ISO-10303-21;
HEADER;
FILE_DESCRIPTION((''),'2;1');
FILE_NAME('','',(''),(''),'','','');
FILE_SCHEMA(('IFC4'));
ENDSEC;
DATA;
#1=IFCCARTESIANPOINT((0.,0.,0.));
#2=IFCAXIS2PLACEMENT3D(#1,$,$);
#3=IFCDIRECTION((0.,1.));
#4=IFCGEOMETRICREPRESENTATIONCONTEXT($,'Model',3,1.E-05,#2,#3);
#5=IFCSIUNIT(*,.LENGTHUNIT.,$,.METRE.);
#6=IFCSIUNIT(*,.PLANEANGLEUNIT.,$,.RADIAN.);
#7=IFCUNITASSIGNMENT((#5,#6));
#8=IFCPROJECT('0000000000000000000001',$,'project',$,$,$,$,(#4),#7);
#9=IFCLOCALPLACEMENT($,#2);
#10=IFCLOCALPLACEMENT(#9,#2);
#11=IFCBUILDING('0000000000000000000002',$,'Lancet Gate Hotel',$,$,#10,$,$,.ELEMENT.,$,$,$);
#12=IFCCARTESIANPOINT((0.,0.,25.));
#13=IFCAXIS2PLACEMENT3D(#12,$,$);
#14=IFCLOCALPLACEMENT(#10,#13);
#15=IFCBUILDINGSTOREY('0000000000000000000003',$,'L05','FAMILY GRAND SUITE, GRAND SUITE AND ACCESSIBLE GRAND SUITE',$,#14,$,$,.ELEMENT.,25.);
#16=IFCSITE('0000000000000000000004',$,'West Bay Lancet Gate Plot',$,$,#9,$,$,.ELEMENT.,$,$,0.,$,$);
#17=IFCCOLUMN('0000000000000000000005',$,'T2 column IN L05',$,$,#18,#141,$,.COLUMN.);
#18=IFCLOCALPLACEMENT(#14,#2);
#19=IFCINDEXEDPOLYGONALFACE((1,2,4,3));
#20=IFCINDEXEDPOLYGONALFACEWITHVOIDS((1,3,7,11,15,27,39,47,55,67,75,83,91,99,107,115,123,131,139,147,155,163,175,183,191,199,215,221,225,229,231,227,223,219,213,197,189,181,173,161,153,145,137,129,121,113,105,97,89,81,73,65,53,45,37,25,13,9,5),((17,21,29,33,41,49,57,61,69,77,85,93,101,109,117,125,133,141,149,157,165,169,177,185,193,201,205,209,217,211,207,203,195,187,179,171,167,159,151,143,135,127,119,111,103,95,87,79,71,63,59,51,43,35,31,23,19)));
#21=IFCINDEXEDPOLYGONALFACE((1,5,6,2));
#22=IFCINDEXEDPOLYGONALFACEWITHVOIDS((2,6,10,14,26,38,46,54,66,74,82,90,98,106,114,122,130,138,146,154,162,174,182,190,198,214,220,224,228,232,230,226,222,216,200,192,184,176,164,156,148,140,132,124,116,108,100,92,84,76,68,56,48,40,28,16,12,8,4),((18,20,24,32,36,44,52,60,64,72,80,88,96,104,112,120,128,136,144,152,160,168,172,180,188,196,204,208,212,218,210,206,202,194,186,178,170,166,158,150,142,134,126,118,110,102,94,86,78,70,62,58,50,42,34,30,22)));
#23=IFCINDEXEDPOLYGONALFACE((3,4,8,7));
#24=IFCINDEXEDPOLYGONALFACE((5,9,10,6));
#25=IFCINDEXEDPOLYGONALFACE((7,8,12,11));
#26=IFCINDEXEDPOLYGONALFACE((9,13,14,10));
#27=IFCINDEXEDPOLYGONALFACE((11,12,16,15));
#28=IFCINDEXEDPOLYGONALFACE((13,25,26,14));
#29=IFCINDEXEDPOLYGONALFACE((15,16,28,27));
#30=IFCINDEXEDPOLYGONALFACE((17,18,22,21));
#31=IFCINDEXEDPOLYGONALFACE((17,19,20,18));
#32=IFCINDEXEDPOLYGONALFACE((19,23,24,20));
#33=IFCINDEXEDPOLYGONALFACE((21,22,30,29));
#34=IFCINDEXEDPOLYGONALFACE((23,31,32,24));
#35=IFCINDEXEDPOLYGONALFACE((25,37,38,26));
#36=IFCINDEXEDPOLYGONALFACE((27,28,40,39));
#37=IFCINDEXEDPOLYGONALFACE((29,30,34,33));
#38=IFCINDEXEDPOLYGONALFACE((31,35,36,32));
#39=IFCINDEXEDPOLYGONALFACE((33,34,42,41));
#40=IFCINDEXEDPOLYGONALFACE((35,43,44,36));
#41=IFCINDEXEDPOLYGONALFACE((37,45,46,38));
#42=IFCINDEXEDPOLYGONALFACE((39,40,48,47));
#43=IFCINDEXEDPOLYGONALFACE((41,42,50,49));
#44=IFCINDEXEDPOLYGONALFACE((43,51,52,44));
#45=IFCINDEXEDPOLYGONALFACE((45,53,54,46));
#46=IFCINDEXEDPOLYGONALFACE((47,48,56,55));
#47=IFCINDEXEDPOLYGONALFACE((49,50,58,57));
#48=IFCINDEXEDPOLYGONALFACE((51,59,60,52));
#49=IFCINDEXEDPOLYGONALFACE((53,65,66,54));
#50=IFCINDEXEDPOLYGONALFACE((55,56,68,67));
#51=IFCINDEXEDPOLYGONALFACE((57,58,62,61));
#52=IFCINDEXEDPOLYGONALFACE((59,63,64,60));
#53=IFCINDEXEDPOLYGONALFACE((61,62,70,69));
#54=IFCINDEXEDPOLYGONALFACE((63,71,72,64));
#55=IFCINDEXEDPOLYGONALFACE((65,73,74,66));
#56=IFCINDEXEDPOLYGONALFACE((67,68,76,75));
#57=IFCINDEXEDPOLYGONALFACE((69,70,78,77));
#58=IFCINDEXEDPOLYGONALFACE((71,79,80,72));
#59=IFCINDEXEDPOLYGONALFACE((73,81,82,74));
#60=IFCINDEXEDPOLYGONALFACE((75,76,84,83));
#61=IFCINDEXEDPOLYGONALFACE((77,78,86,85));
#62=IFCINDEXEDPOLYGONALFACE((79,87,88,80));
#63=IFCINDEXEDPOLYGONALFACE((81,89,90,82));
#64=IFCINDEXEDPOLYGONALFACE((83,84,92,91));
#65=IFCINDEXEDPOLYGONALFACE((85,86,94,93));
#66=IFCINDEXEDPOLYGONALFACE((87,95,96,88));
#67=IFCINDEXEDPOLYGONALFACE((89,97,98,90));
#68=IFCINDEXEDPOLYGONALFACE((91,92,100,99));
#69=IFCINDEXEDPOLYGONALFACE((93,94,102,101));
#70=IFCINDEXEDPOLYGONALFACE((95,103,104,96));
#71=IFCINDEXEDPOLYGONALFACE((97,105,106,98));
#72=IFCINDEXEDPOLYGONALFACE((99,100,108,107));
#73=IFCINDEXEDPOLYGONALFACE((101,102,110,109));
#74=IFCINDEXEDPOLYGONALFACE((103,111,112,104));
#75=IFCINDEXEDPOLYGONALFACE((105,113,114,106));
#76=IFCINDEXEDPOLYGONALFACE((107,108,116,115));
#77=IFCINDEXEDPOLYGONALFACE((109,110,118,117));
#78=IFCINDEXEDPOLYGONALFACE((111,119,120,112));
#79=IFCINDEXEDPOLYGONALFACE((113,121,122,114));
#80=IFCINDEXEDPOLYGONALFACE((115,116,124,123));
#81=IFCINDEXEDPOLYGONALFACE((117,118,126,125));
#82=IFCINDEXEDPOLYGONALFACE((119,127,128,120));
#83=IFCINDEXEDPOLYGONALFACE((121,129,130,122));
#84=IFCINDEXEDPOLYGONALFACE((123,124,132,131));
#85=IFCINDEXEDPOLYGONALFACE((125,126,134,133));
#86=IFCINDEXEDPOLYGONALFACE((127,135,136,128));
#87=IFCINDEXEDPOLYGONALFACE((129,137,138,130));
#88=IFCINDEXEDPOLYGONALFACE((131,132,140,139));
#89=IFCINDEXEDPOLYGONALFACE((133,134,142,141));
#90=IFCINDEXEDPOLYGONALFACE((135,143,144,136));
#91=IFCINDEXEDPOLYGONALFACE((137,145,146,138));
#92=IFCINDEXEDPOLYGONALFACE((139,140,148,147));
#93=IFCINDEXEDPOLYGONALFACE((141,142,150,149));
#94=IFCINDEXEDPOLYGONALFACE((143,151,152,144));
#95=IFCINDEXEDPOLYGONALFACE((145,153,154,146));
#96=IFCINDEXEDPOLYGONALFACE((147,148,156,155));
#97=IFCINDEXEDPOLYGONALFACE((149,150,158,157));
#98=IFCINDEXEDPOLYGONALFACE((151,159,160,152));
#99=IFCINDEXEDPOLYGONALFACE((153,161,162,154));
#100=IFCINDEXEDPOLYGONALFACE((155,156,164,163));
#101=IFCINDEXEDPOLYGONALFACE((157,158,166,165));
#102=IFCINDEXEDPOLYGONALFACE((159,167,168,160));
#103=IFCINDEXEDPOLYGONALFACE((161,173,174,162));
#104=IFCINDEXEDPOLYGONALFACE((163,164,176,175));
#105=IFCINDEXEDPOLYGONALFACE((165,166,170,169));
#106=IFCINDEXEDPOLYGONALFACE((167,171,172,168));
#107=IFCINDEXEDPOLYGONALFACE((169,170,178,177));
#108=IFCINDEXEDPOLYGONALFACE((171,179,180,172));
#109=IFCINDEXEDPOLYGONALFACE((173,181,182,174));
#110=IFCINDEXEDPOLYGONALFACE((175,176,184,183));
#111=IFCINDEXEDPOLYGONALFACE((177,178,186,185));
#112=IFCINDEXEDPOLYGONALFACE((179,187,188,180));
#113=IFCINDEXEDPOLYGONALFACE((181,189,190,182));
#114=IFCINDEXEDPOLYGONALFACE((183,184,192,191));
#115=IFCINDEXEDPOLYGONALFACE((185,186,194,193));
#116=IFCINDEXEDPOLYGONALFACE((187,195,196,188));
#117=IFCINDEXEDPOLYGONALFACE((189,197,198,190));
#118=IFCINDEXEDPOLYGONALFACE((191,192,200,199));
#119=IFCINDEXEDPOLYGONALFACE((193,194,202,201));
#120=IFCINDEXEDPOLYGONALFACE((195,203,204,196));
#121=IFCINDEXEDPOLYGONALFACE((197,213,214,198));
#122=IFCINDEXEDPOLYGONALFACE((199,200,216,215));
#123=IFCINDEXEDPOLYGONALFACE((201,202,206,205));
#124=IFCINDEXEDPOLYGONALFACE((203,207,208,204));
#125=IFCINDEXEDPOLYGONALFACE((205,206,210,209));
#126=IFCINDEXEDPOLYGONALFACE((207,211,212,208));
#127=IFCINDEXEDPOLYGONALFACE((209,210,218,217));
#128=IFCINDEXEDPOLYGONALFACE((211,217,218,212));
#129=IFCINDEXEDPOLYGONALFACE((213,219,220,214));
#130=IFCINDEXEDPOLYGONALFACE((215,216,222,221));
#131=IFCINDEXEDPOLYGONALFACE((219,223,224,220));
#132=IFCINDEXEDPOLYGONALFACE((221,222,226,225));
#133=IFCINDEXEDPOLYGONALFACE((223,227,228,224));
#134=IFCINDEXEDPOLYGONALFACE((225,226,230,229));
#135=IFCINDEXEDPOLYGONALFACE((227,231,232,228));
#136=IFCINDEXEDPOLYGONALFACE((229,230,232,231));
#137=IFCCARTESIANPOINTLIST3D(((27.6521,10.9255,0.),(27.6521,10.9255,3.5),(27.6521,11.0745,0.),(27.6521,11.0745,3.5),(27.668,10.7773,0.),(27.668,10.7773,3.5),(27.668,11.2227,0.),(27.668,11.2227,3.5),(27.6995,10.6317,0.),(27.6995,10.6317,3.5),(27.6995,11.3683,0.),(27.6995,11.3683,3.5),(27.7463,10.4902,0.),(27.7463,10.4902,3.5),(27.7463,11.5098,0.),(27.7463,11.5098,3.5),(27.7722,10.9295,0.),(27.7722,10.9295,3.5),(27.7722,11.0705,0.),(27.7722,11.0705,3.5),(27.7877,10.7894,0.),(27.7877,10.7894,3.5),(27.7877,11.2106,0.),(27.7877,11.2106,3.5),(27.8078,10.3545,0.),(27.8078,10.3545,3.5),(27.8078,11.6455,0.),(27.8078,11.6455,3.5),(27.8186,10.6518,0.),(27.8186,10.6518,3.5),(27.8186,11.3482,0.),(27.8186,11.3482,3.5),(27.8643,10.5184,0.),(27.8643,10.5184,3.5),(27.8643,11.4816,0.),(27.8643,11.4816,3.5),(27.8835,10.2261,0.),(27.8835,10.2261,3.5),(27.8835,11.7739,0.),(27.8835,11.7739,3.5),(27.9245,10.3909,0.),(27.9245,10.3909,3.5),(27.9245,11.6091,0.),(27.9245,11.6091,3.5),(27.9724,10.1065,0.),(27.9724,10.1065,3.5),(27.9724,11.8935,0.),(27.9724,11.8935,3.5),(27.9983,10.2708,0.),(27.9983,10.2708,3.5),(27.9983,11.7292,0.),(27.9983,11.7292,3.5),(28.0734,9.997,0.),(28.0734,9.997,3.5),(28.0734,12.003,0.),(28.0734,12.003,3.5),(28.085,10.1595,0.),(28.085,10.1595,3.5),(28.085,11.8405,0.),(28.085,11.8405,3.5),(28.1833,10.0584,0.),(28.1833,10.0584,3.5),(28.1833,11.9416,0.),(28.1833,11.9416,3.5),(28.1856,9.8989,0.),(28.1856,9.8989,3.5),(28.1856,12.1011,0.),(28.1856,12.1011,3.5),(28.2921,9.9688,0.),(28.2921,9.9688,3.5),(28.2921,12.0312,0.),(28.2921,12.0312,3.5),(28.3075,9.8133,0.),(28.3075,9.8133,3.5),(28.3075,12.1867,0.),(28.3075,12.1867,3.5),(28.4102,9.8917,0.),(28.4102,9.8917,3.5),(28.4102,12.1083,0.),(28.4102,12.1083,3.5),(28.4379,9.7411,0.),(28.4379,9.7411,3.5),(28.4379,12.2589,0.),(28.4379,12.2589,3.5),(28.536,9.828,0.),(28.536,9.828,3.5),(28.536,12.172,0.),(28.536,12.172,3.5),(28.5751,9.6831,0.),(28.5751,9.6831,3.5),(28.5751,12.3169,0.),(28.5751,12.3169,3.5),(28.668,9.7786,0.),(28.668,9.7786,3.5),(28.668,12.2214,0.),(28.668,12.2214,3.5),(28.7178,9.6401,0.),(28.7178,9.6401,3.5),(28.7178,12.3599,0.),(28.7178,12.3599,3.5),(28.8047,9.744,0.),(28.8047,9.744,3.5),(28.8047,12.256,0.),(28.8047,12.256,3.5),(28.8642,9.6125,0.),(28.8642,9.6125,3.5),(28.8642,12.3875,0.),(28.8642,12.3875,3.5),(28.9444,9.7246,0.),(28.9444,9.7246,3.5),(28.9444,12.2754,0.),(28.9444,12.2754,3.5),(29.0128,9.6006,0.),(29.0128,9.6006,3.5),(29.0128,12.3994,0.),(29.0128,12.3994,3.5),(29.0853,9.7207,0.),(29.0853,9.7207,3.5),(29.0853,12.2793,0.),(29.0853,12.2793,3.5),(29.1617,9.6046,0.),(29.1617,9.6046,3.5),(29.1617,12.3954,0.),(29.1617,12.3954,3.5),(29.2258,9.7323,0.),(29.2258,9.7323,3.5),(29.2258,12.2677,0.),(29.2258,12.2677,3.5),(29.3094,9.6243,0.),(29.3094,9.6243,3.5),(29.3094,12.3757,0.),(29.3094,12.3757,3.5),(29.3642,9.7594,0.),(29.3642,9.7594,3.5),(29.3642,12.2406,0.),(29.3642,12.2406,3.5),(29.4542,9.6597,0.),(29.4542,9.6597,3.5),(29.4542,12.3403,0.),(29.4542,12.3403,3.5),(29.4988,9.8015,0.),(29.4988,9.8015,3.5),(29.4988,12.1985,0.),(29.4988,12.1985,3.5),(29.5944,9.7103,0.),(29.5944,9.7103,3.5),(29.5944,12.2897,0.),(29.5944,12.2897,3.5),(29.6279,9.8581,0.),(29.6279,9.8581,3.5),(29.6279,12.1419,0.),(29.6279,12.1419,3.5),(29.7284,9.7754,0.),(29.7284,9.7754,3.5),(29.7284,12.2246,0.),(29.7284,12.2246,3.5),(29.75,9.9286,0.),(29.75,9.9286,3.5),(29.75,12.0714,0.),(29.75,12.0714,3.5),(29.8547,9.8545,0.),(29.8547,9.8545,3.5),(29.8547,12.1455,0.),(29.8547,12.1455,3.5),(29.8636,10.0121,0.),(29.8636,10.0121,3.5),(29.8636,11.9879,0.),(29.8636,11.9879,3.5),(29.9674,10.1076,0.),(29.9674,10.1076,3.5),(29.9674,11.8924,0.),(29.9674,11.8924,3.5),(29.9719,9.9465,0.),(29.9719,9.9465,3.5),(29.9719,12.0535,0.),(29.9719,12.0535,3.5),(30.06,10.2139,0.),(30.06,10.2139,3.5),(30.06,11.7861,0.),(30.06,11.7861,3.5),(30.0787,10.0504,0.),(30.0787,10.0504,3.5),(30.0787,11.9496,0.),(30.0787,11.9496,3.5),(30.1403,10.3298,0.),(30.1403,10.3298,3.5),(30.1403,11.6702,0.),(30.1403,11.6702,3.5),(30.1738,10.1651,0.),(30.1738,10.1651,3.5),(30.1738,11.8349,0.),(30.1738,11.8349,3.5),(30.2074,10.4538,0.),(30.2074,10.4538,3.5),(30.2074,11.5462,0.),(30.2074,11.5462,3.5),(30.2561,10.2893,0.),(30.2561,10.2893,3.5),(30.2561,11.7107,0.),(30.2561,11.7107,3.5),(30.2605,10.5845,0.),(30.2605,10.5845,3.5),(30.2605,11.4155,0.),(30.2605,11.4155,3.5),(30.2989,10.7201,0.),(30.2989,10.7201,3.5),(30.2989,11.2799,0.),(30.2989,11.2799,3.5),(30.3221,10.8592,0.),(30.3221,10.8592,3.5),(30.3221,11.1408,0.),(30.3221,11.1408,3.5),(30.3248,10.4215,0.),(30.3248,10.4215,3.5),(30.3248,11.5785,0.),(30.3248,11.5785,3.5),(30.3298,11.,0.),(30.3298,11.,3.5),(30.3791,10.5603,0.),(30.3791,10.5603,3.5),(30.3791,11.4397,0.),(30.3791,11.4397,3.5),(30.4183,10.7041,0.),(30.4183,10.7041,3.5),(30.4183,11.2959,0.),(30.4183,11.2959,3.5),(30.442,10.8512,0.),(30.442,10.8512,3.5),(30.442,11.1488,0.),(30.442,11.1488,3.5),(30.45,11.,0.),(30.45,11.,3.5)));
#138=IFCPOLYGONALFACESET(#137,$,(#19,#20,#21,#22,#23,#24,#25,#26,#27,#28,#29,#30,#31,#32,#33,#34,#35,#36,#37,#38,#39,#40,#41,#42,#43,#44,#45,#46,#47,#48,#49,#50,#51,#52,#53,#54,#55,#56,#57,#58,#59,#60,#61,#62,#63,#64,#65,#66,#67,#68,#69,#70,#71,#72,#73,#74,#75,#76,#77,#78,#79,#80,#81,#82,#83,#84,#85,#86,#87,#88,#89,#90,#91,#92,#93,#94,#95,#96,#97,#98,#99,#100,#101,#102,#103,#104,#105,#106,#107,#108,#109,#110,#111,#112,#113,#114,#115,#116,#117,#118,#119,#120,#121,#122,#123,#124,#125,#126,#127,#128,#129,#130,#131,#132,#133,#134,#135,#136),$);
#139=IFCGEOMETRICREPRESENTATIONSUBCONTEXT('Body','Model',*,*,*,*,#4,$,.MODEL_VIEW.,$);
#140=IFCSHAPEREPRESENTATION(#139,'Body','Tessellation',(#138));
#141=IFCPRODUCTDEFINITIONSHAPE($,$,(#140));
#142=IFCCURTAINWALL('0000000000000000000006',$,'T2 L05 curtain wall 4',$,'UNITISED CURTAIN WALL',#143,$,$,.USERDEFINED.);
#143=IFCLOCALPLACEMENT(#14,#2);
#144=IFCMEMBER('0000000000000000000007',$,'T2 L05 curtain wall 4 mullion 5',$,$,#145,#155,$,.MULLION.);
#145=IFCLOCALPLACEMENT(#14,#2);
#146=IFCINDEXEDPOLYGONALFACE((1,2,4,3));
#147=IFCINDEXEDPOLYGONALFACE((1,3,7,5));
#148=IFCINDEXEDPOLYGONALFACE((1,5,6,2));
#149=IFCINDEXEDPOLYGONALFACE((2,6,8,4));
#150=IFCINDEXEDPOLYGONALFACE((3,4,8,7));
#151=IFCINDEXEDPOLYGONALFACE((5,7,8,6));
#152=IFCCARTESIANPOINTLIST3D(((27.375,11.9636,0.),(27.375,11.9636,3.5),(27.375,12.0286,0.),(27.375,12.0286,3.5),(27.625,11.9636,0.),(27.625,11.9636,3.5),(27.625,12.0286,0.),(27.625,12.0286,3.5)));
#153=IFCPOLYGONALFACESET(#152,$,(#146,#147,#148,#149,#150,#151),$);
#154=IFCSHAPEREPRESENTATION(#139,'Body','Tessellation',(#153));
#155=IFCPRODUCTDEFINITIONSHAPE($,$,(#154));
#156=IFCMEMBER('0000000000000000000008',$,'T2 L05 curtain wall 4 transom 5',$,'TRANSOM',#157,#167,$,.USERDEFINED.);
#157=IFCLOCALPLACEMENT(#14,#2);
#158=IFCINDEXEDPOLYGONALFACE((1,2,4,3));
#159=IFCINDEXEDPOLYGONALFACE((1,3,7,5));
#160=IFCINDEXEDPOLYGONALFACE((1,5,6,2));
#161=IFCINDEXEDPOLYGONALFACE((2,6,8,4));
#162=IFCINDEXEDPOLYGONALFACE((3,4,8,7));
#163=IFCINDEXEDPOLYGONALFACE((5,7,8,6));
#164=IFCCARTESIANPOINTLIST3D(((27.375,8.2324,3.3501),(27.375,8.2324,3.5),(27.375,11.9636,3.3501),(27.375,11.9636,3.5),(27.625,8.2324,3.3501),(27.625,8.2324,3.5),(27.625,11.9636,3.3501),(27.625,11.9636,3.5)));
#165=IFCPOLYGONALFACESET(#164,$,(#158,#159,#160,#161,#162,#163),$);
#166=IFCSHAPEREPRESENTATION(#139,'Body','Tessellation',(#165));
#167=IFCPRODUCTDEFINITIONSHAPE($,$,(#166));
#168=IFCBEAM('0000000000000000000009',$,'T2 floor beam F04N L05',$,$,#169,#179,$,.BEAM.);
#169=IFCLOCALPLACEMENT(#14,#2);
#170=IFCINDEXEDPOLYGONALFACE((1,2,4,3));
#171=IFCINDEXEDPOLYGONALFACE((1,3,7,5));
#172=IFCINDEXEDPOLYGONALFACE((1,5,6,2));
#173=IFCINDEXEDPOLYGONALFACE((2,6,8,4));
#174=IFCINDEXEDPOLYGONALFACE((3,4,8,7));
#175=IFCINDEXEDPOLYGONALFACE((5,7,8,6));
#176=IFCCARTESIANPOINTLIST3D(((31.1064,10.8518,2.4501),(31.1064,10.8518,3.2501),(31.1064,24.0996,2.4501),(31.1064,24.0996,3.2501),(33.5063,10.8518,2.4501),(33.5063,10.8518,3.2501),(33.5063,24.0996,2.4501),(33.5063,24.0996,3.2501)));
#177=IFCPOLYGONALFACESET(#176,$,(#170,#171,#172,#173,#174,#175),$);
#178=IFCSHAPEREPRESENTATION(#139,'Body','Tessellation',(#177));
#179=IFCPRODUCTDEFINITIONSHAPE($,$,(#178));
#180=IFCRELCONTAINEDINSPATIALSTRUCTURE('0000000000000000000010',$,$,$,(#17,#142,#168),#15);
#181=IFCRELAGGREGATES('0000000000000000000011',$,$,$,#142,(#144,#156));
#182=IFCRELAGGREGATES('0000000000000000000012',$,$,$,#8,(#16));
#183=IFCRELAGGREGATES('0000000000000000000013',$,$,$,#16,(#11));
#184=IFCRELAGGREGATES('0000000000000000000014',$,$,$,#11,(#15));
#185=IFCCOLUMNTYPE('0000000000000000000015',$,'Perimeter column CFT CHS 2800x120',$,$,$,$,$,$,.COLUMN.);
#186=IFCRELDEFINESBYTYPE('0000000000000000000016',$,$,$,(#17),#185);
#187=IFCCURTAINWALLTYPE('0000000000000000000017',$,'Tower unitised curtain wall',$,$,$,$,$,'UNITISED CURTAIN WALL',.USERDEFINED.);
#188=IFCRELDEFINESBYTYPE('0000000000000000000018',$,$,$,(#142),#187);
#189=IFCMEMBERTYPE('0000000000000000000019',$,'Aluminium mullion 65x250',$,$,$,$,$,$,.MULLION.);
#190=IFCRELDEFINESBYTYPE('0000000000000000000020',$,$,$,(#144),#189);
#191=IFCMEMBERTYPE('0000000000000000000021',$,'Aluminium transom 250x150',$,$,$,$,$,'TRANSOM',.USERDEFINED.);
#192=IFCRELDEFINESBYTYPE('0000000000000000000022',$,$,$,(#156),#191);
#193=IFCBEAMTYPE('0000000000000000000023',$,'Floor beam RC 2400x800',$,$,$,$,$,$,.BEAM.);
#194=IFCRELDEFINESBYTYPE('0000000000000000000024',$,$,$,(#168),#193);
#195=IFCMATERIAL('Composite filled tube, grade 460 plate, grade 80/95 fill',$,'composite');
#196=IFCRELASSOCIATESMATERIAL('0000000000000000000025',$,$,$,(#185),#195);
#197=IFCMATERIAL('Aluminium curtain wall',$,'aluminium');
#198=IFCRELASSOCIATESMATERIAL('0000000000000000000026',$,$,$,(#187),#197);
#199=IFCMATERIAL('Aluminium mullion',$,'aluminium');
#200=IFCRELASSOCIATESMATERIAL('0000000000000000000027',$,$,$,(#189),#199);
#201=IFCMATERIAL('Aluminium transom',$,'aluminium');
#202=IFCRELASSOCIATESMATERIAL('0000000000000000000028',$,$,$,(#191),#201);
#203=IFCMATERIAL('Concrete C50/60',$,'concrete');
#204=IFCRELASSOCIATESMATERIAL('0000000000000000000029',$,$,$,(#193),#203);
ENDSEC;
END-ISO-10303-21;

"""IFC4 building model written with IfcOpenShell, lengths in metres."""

from ifc_helpers import new_model, si_unit, direction, frame, origin, origin_2d, place, context, subcontext, project, spatial, rectangle, hollow_circle, extrude, material, material_profile, profile_set, type_object, element, aggregate, save


model = new_model("IFC4")

# Units and contexts
model_context = context("Model", 3, precision=1e-05, world=origin(), true_north=direction((0.0, 1.0)))
body_context = subcontext(model_context, "Body", "Model", "MODEL_VIEW")
ifc_project = project(units=[si_unit("LENGTHUNIT", "METRE"), si_unit("PLANEANGLEUNIT", "RADIAN")], contexts=[model_context])

# Site, building, storey
site_placement = place(None, origin())
site = spatial("IfcSite", under=ifc_project, at=site_placement, Name="West Bay Lancet Gate Plot", CompositionType="ELEMENT", RefElevation=0.0)
building_placement = place(site_placement, origin())
building = spatial("IfcBuilding", under=site, at=building_placement, Name="Lancet Gate Hotel", CompositionType="ELEMENT")
storey_placement = place(building_placement, frame((0.0, 0.0, 25.0)))
storey = spatial("IfcBuildingStorey", under=building, at=storey_placement, Name="L05", Description="FAMILY GRAND SUITE, GRAND SUITE AND ACCESSIBLE GRAND SUITE", CompositionType="ELEMENT", Elevation=25.0)

# Column
ifc_material_1 = material(Name="Composite filled tube, grade 460 plate, grade 80/95 fill", Category="composite")
ifc_material_profile_1 = material_profile(ifc_material_1, hollow_circle(Radius=1.3999, WallThickness=0.1201, at=origin_2d()), Name="CHS 2800x120")
ifc_profile_set_1 = profile_set([ifc_material_profile_1], Name="Composite filled tube, grade 460 plate, grade 80/95 fill")
column_type = type_object("IfcColumnType", Name="Perimeter column CFT CHS 2800x120", PredefinedType="COLUMN", material=ifc_profile_set_1)
column_placement = place(storey_placement, frame((29.05, 11.0, 0.0), z_axis=(0.0, 0.0, 1.0), x_axis=(1.0, 0.0, 0.0)))
element("IfcColumn", 1, at=column_placement, inside=storey, type_object=column_type, Name="T2 column IN L05", PredefinedType="COLUMN", context=body_context, shape_type="SweptSolid", body=[
    extrude(hollow_circle(Radius=1.3999, WallThickness=0.1201, at=origin_2d()), origin(), (0.0, 0.0, 1.0), 3.5),
])

# Curtain wall, members
ifc_material_2 = material(Name="Aluminium curtain wall", Category="aluminium")
curtain_wall_type = type_object("IfcCurtainWallType", Name="Tower unitised curtain wall", ElementType="UNITISED CURTAIN WALL", PredefinedType="USERDEFINED", material=ifc_material_2)
curtain_wall_placement = place(storey_placement, origin())
curtain_wall = element("IfcCurtainWall", 2, at=curtain_wall_placement, inside=storey, type_object=curtain_wall_type, Name="T2 L05 curtain wall 4", ObjectType="UNITISED CURTAIN WALL", PredefinedType="USERDEFINED")
ifc_material_3 = material(Name="Aluminium mullion", Category="aluminium")
ifc_material_profile_2 = material_profile(ifc_material_3, rectangle(XDim=0.0649, YDim=0.25, at=origin_2d()), Name="MULLION 65x250")
ifc_profile_set_2 = profile_set([ifc_material_profile_2], Name="Aluminium mullion")
member_type_1 = type_object("IfcMemberType", Name="Aluminium mullion 65x250", PredefinedType="MULLION", material=ifc_profile_set_2)
member_1_placement = place(storey_placement, frame((27.5, 11.9961, 0.0), z_axis=(0.0, 0.0, 1.0), x_axis=(0.0, -1.0, 0.0)))
member_1 = element("IfcMember", 3, at=member_1_placement, type_object=member_type_1, Name="T2 L05 curtain wall 4 mullion 5", PredefinedType="MULLION", context=body_context, shape_type="SweptSolid", body=[
    extrude(rectangle(XDim=0.0649, YDim=0.25, at=origin_2d()), origin(), (0.0, 0.0, 1.0), 3.5),
])
ifc_material_4 = material(Name="Aluminium transom", Category="aluminium")
ifc_material_profile_3 = material_profile(ifc_material_4, rectangle(XDim=0.25, YDim=0.1499, at=origin_2d()), Name="TRANSOM 250x150")
ifc_profile_set_3 = profile_set([ifc_material_profile_3], Name="Aluminium transom")
member_type_2 = type_object("IfcMemberType", Name="Aluminium transom 250x150", ElementType="TRANSOM", PredefinedType="USERDEFINED", material=ifc_profile_set_3)
member_2_placement = place(storey_placement, frame((27.5, 11.9636, 3.425), z_axis=(0.0, -1.0, 0.0), x_axis=(1.0, 0.0, 0.0)))
member_2 = element("IfcMember", 4, at=member_2_placement, type_object=member_type_2, Name="T2 L05 curtain wall 4 transom 5", ObjectType="TRANSOM", PredefinedType="USERDEFINED", context=body_context, shape_type="SweptSolid", body=[
    extrude(rectangle(XDim=0.25, YDim=0.1499, at=origin_2d()), origin(), (0.0, 0.0, 1.0), 3.7312),
])

# Beam
ifc_material_5 = material(Name="Concrete C50/60", Category="concrete")
ifc_material_profile_4 = material_profile(ifc_material_5, rectangle(XDim=2.3999, YDim=0.8, at=origin_2d()), Name="RC 2400x800")
ifc_profile_set_4 = profile_set([ifc_material_profile_4], Name="Concrete C50/60")
beam_type_1 = type_object("IfcBeamType", Name="Floor beam RC 2400x800", PredefinedType="BEAM", material=ifc_profile_set_4)
beam_1_placement = place(storey_placement, frame((32.3064, 10.8518, 2.8501), z_axis=(0.0, 1.0, 0.0), x_axis=(-1.0, 0.0, 0.0)))
element("IfcBeam", 5, at=beam_1_placement, inside=storey, type_object=beam_type_1, Name="T2 floor beam F04N L05", PredefinedType="BEAM", context=body_context, shape_type="SweptSolid", body=[
    extrude(rectangle(XDim=2.3999, YDim=0.8, at=origin_2d()), origin(), (0.0, 0.0, 1.0), 13.2478),
])

aggregate(curtain_wall, [member_1, member_2])

save(model, "model.ifc")
